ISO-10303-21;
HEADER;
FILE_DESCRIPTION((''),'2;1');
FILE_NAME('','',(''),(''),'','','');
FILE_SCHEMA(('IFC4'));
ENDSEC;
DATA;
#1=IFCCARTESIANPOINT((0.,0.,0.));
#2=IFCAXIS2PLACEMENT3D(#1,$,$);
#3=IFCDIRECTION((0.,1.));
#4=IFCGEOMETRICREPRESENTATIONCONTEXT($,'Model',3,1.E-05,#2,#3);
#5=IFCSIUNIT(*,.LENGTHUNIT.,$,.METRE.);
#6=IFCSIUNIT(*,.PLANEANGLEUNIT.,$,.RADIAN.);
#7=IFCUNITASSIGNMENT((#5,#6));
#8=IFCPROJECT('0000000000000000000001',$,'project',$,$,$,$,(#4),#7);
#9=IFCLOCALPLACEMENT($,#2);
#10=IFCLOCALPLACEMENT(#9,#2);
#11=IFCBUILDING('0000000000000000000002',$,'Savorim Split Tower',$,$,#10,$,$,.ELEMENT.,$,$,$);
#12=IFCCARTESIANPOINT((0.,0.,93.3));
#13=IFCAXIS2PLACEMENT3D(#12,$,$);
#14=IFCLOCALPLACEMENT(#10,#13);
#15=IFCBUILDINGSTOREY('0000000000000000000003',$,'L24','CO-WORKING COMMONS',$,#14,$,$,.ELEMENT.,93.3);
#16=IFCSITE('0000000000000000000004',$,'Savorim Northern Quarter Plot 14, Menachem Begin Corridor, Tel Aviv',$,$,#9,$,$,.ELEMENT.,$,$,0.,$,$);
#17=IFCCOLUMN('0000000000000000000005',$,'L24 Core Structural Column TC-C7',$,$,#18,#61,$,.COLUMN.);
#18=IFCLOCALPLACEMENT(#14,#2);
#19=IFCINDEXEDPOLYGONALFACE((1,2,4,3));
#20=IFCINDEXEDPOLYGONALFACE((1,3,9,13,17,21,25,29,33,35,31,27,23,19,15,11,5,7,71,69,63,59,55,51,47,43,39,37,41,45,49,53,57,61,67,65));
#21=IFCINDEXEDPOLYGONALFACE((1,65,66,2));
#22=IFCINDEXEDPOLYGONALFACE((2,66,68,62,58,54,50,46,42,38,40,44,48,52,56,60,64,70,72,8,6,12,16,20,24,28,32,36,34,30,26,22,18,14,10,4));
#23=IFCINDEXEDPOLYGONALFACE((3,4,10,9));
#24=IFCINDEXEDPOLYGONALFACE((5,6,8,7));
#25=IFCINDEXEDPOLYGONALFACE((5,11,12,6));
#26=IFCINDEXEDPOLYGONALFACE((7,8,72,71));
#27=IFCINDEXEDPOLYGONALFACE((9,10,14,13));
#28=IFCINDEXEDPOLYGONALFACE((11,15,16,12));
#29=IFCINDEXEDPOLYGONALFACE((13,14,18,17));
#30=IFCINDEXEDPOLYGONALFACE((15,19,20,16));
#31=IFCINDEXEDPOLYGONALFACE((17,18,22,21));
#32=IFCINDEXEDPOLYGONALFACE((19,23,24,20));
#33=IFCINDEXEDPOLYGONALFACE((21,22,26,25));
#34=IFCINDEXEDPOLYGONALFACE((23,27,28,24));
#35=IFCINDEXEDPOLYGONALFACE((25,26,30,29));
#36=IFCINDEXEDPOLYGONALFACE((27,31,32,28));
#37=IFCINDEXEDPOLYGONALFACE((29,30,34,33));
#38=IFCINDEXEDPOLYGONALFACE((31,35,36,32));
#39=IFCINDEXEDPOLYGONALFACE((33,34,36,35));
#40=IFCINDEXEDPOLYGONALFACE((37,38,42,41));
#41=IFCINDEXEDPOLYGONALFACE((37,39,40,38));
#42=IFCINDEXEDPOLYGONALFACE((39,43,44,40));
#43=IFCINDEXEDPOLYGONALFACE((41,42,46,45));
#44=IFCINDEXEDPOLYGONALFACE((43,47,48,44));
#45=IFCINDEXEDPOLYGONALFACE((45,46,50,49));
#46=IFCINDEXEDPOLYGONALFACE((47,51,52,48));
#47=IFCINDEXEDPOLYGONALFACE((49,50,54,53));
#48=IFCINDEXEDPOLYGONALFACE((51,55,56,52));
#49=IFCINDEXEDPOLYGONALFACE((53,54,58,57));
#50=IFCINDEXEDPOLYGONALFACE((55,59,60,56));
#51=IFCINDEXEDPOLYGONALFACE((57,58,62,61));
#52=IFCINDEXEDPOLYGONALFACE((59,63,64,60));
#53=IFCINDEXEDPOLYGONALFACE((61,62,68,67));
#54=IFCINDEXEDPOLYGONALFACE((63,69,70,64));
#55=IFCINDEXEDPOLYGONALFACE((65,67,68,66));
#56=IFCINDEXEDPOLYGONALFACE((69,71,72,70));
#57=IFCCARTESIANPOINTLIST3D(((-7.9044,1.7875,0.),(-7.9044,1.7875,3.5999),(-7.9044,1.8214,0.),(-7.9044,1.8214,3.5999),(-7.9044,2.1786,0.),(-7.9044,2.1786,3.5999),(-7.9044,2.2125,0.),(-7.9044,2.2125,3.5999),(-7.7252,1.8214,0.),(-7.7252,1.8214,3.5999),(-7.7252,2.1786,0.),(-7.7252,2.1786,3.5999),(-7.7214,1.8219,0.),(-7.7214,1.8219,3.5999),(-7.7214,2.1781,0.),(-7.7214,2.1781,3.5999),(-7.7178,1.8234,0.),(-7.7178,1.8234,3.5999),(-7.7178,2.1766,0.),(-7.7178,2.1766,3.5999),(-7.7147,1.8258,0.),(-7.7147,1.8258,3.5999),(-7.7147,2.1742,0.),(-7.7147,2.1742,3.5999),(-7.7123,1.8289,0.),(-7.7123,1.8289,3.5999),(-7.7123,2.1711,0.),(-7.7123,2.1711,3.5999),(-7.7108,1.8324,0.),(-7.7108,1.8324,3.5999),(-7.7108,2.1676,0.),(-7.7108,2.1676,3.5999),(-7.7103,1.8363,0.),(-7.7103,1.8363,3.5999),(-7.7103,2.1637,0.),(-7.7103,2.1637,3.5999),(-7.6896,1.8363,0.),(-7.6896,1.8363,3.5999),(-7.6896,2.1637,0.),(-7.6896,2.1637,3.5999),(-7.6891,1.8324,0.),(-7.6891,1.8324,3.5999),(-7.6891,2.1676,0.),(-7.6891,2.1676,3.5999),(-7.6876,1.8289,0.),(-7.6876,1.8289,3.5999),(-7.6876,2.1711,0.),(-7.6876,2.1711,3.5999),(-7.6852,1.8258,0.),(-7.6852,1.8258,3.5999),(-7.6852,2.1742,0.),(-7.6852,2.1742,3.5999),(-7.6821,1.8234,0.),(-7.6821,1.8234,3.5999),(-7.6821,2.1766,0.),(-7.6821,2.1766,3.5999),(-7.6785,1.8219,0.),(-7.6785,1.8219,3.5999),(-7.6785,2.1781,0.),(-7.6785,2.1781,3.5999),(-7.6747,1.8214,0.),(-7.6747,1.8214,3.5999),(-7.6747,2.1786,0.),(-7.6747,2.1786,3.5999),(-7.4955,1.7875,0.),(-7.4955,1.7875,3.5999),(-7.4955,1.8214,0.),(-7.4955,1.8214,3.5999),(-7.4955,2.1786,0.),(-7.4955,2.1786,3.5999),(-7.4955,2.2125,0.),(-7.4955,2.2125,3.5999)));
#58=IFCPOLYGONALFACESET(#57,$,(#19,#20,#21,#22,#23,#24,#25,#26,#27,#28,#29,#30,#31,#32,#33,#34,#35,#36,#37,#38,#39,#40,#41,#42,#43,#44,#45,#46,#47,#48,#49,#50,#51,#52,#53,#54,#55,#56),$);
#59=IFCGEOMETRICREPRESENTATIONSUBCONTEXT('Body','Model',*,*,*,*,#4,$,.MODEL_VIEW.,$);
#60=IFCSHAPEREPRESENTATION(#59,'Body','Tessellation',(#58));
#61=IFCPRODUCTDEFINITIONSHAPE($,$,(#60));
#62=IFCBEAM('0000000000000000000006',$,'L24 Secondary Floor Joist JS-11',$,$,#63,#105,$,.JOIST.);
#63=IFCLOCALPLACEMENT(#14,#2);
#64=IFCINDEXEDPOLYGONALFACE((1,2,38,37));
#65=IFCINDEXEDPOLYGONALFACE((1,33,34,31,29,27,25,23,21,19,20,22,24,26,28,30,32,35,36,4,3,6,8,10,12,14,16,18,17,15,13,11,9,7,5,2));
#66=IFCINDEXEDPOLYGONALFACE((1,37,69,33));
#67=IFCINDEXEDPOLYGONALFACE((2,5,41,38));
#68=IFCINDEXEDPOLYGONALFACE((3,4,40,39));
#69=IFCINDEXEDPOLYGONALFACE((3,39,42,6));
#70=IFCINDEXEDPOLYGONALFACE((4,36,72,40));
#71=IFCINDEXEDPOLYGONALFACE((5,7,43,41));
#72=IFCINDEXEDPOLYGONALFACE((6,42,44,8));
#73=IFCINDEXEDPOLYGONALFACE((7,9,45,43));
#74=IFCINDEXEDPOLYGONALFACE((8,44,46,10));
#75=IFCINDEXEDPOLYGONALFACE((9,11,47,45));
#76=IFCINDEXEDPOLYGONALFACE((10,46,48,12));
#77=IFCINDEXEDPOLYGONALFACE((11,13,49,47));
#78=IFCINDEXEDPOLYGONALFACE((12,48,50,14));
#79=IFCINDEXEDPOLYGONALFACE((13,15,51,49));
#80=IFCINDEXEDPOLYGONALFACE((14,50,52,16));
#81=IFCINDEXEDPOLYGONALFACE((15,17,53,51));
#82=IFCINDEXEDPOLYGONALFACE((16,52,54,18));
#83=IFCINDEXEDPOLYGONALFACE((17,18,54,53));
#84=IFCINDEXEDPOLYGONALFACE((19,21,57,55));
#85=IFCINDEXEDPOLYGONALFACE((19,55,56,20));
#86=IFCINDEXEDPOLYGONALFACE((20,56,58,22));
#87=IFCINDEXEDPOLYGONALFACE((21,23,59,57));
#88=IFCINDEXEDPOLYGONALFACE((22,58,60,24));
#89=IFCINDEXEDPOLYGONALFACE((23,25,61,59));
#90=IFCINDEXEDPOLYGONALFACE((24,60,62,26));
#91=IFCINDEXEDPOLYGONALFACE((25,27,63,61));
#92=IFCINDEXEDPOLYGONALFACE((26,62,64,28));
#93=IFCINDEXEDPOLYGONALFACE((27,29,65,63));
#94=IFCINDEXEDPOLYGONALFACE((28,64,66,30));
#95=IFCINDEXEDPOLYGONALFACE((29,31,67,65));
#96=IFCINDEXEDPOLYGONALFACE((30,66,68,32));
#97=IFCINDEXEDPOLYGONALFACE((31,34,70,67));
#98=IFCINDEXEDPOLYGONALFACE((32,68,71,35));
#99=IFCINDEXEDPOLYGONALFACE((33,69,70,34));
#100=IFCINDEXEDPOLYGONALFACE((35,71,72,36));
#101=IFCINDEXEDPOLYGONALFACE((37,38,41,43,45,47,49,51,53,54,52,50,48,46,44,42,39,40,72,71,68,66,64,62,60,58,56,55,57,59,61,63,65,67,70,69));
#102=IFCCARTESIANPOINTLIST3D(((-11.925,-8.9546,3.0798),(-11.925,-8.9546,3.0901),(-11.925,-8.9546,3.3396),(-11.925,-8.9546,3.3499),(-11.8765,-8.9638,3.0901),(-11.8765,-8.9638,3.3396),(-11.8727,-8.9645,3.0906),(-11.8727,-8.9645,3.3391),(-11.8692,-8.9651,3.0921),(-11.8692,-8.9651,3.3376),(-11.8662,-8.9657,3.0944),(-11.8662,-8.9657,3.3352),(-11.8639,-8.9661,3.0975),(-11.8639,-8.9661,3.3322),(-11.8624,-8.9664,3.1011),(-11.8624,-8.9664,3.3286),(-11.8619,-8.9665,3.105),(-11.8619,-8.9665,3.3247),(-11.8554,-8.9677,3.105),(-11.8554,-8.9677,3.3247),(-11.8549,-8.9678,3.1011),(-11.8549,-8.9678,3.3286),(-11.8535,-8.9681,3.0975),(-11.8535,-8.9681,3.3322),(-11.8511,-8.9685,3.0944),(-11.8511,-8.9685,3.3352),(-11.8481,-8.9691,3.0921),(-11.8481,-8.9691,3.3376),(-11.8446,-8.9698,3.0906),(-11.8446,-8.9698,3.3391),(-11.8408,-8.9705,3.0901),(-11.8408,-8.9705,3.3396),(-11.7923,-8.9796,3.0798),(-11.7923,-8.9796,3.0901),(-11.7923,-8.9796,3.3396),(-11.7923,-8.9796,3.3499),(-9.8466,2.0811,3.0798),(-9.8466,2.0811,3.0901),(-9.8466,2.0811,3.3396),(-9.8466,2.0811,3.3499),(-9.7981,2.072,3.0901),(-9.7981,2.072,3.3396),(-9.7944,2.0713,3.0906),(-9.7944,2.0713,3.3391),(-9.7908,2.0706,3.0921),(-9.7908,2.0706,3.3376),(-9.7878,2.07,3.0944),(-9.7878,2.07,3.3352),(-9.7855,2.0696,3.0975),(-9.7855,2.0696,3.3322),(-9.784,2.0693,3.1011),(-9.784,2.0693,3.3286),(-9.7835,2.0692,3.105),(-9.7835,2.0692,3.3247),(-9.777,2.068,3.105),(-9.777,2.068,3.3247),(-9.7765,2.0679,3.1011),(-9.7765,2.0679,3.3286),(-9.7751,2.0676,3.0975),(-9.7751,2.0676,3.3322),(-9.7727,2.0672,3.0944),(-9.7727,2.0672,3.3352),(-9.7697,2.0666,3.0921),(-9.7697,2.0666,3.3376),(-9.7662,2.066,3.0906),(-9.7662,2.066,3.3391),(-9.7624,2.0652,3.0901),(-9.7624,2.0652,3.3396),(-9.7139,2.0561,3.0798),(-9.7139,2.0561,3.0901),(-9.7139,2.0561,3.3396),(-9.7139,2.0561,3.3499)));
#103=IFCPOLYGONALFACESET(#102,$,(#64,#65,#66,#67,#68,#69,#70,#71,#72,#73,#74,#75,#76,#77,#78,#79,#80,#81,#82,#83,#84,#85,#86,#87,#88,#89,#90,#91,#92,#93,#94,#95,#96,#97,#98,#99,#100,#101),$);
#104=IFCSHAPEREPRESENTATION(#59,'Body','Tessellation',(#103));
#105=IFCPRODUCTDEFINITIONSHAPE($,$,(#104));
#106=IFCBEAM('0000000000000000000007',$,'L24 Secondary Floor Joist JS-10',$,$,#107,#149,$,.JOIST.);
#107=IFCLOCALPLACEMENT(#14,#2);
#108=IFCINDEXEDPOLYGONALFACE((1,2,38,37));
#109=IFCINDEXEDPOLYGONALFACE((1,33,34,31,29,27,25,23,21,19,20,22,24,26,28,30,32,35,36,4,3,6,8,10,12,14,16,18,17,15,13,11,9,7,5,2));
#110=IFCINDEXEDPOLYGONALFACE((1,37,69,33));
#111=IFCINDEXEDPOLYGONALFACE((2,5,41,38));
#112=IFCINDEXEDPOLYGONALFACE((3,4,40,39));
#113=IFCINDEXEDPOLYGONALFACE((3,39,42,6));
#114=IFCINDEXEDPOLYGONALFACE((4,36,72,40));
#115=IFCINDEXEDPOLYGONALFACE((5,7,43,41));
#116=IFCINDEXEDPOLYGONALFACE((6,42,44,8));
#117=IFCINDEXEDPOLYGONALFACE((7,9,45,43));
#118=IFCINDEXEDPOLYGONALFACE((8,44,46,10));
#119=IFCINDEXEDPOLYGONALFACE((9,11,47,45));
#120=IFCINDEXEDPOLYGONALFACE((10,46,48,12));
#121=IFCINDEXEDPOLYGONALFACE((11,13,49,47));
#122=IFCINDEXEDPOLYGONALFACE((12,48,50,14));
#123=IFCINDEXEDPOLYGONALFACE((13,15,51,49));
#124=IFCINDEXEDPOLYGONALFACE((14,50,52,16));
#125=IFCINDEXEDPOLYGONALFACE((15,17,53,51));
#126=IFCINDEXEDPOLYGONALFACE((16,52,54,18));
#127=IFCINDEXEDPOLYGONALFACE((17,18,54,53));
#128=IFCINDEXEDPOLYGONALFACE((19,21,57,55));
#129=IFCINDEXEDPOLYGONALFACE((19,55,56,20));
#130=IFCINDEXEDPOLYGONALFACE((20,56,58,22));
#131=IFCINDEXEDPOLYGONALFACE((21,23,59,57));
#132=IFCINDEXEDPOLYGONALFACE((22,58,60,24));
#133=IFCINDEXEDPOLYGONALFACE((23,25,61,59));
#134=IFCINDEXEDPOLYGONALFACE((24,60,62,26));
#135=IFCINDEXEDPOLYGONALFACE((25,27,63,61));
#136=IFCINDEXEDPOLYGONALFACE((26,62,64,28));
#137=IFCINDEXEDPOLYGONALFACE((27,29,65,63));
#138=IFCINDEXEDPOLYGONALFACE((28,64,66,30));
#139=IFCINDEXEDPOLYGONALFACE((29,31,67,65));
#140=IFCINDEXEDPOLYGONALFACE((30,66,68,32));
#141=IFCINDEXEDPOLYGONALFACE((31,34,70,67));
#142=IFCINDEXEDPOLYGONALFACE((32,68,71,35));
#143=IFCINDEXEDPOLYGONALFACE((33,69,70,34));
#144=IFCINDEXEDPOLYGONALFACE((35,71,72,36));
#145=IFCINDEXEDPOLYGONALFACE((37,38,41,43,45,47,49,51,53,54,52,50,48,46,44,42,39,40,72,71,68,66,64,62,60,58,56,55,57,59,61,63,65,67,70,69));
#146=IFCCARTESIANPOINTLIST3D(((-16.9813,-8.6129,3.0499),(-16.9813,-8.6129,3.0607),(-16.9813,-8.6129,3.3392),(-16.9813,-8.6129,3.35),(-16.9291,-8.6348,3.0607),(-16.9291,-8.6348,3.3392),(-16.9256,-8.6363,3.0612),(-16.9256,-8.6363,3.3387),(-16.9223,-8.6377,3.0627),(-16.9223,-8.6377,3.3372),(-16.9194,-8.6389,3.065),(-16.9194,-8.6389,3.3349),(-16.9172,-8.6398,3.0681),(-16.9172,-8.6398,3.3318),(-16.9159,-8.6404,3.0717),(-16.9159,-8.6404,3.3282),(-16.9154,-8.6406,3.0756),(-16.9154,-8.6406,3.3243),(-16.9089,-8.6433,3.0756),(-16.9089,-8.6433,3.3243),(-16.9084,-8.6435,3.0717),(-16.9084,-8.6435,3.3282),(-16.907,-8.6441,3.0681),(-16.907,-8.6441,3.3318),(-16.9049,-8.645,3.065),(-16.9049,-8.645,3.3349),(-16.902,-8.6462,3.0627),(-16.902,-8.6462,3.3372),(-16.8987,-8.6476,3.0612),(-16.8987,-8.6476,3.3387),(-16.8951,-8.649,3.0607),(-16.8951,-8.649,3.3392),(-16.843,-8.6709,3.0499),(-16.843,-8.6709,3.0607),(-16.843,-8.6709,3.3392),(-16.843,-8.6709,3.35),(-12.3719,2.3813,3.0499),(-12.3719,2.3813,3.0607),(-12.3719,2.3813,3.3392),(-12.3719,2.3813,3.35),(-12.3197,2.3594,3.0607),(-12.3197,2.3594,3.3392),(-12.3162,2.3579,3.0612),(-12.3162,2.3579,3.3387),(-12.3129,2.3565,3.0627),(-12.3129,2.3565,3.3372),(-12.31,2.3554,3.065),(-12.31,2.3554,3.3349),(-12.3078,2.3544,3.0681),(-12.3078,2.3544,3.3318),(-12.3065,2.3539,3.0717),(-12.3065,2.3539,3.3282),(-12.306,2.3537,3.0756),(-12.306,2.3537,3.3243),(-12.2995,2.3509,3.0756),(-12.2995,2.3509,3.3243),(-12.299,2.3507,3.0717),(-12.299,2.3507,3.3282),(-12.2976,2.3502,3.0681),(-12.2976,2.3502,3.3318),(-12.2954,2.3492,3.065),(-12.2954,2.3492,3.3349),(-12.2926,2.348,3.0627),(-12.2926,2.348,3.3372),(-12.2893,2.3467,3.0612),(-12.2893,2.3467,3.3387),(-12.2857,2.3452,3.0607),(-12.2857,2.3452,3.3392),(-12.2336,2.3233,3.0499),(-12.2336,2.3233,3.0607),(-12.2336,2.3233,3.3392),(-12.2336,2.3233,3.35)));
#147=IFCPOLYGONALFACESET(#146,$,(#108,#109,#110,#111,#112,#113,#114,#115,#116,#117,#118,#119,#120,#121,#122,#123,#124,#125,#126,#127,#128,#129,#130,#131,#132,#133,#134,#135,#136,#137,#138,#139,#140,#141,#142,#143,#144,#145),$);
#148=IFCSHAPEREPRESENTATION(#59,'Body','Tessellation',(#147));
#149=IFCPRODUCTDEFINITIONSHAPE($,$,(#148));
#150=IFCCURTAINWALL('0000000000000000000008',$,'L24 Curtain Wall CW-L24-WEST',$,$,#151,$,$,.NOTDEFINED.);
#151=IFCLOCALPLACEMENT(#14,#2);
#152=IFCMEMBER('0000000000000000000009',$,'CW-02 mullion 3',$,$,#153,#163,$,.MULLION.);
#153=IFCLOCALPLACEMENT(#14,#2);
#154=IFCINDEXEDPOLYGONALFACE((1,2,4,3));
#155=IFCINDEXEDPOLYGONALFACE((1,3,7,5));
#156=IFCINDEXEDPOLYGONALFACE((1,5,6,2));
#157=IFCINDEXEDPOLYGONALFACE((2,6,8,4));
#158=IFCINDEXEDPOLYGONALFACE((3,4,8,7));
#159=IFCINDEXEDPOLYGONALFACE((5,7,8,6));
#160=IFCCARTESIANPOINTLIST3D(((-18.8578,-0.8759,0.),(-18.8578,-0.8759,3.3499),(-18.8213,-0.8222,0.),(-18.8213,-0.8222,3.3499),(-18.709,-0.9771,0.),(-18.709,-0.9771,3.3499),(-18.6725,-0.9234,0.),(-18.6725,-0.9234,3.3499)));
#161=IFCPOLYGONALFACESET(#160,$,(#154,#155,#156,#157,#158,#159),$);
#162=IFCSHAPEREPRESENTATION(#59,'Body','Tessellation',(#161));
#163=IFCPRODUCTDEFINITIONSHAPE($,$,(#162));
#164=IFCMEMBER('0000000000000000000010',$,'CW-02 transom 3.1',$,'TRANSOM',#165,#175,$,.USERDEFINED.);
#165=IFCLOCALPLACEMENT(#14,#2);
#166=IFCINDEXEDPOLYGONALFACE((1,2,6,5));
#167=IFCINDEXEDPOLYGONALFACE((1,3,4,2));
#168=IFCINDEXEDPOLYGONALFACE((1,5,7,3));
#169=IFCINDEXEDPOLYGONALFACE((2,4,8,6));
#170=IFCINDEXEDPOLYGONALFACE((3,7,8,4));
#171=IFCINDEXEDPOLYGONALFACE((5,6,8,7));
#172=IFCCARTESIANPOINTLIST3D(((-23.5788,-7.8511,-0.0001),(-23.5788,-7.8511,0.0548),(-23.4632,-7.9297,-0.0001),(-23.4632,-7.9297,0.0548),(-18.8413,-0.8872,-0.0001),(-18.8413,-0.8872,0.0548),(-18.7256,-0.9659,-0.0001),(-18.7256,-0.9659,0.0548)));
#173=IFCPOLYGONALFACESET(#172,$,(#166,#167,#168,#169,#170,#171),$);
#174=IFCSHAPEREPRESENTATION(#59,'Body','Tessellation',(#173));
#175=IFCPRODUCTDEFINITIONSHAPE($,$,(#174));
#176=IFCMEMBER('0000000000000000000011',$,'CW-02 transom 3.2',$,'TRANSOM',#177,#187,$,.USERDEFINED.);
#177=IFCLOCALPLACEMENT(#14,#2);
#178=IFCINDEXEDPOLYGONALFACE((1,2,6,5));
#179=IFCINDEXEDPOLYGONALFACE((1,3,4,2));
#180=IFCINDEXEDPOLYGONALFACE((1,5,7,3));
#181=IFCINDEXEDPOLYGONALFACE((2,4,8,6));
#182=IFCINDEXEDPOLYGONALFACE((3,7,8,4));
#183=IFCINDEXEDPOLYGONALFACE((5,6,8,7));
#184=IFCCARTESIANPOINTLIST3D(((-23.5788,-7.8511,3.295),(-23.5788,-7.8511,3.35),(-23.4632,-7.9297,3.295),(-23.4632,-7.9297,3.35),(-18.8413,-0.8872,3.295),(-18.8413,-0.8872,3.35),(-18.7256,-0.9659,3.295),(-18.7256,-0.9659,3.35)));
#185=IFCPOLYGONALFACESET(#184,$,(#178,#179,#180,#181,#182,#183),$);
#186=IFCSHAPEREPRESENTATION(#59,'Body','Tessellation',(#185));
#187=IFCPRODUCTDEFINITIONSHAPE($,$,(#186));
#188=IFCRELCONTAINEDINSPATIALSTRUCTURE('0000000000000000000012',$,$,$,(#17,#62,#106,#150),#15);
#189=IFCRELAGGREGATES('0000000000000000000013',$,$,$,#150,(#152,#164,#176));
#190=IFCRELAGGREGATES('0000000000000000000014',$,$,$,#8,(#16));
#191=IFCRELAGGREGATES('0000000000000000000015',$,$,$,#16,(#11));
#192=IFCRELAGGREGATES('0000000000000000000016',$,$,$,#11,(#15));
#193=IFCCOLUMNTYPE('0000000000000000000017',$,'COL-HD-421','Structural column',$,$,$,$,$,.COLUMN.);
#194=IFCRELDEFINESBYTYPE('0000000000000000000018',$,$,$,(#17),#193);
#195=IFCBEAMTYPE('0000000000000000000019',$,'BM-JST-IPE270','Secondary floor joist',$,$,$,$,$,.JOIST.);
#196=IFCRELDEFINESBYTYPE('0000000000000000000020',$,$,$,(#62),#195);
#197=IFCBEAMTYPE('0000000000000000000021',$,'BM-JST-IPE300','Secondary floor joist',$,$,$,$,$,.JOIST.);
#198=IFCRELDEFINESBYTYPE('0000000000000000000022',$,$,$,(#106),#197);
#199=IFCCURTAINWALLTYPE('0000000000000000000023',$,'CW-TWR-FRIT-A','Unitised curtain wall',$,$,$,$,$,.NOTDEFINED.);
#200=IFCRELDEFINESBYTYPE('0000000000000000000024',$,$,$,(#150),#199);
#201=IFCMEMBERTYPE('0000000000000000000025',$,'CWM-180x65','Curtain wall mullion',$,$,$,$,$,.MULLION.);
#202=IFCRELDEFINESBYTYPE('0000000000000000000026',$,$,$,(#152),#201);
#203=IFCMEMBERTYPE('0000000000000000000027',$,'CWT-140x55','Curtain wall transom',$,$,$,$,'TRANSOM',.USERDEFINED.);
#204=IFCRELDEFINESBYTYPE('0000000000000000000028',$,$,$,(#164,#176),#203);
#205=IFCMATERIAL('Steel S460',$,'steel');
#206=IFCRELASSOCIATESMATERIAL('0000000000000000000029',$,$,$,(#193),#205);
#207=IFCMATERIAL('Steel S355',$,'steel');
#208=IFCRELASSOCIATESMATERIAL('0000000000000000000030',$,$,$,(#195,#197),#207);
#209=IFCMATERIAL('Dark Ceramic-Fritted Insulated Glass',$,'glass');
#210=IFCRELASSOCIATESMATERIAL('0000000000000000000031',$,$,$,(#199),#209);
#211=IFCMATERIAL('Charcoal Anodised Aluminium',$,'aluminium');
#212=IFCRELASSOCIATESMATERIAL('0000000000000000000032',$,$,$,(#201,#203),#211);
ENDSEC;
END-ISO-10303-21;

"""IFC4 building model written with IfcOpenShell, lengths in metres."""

from ifc_helpers import new_model, si_unit, direction, frame, origin, origin_2d, place, context, subcontext, project, spatial, rectangle, i_section, extrude, material, material_profile, profile_set, type_object, element, aggregate, save


model = new_model("IFC4")

# Units and contexts
model_context = context("Model", 3, precision=1e-05, world=origin(), true_north=direction((0.0, 1.0)))
body_context = subcontext(model_context, "Body", "Model", "MODEL_VIEW")
ifc_project = project(units=[si_unit("LENGTHUNIT", "METRE"), si_unit("PLANEANGLEUNIT", "RADIAN")], contexts=[model_context])

# Site, building, storey
site_placement = place(None, origin())
site = spatial("IfcSite", under=ifc_project, at=site_placement, Name="Savorim Northern Quarter Plot 14, Menachem Begin Corridor, Tel Aviv", CompositionType="ELEMENT", RefElevation=0.0)
building_placement = place(site_placement, origin())
building = spatial("IfcBuilding", under=site, at=building_placement, Name="Savorim Split Tower", CompositionType="ELEMENT")
storey_placement = place(building_placement, frame((0.0, 0.0, 93.3)))
storey = spatial("IfcBuildingStorey", under=building, at=storey_placement, Name="L24", Description="CO-WORKING COMMONS", CompositionType="ELEMENT", Elevation=93.3)

# Column
ifc_material_1 = material(Name="Steel S460", Category="steel")
ifc_material_profile_1 = material_profile(ifc_material_1, i_section(OverallWidth=0.4089, OverallDepth=0.425, WebThickness=0.0208, FlangeThickness=0.0339, FilletRadius=0.0149, at=origin_2d()), Name="HD 400x421")
ifc_profile_set_1 = profile_set([ifc_material_profile_1], Name="Steel S460")
column_type = type_object("IfcColumnType", Name="COL-HD-421", Description="Structural column", PredefinedType="COLUMN", material=ifc_profile_set_1)
column_placement = place(storey_placement, frame((-7.7, 2.0, 0.0), z_axis=(0.0, 0.0, 1.0), x_axis=(1.0, 0.0, 0.0)))
element("IfcColumn", 1, at=column_placement, inside=storey, type_object=column_type, Name="L24 Core Structural Column TC-C7", PredefinedType="COLUMN", context=body_context, shape_type="SweptSolid", body=[
    extrude(i_section(OverallWidth=0.4089, OverallDepth=0.425, WebThickness=0.0208, FlangeThickness=0.0339, FilletRadius=0.0149, at=origin_2d()), origin(), (0.0, 0.0, 1.0), 3.5999),
])

# Beams
ifc_material_2 = material(Name="Steel S355", Category="steel")
ifc_material_profile_2 = material_profile(ifc_material_2, i_section(OverallWidth=0.135, OverallDepth=0.27, WebThickness=0.0066, FlangeThickness=0.0103, FilletRadius=0.0149, at=origin_2d()), Name="IPE 270")
ifc_profile_set_2 = profile_set([ifc_material_profile_2], Name="Steel S355")
beam_type_1 = type_object("IfcBeamType", Name="BM-JST-IPE270", Description="Secondary floor joist", PredefinedType="JOIST", material=ifc_profile_set_2)
beam_1_placement = place(storey_placement, frame((-9.7803, 2.0686, 3.2148), z_axis=(-0.185079, -0.982724, 0.0), x_axis=(0.982724, -0.185079, 0.0)))
element("IfcBeam", 2, at=beam_1_placement, inside=storey, type_object=beam_type_1, Name="L24 Secondary Floor Joist JS-11", PredefinedType="JOIST", context=body_context, shape_type="SweptSolid", body=[
    extrude(i_section(OverallWidth=0.135, OverallDepth=0.27, WebThickness=0.0066, FlangeThickness=0.0103, FilletRadius=0.0149, at=origin_2d()), origin(), (0.0, 0.0, 1.0), 11.2297),
])
ifc_material_profile_3 = material_profile(ifc_material_2, i_section(OverallWidth=0.1499, OverallDepth=0.3, WebThickness=0.0071, FlangeThickness=0.0107, FilletRadius=0.0149, at=origin_2d()), Name="IPE 300")
ifc_profile_set_3 = profile_set([ifc_material_profile_3], Name="Steel S355")
beam_type_2 = type_object("IfcBeamType", Name="BM-JST-IPE300", Description="Secondary floor joist", PredefinedType="JOIST", material=ifc_profile_set_3)
beam_2_placement = place(storey_placement, frame((-12.3027, 2.3523, 3.2), z_axis=(-0.38665, -0.922226, 0.0), x_axis=(0.922226, -0.38665, 0.0)))
element("IfcBeam", 3, at=beam_2_placement, inside=storey, type_object=beam_type_2, Name="L24 Secondary Floor Joist JS-10", PredefinedType="JOIST", context=body_context, shape_type="SweptSolid", body=[
    extrude(i_section(OverallWidth=0.1499, OverallDepth=0.3, WebThickness=0.0071, FlangeThickness=0.0107, FilletRadius=0.0149, at=origin_2d()), origin(), (0.0, 0.0, 1.0), 11.9214),
])

# Curtain wall, members
ifc_material_3 = material(Name="Dark Ceramic-Fritted Insulated Glass", Category="glass")
curtain_wall_type = type_object("IfcCurtainWallType", Name="CW-TWR-FRIT-A", Description="Unitised curtain wall", PredefinedType="NOTDEFINED", material=ifc_material_3)
curtain_wall_placement = place(storey_placement, origin())
curtain_wall = element("IfcCurtainWall", 4, at=curtain_wall_placement, inside=storey, type_object=curtain_wall_type, Name="L24 Curtain Wall CW-L24-WEST", PredefinedType="NOTDEFINED")
ifc_material_4 = material(Name="Charcoal Anodised Aluminium", Category="aluminium")
ifc_material_profile_4 = material_profile(ifc_material_4, rectangle(XDim=0.1799, YDim=0.0649, at=origin_2d()), Name="ALU-M 180x65")
ifc_profile_set_4 = profile_set([ifc_material_profile_4], Name="Charcoal Anodised Aluminium")
member_type_1 = type_object("IfcMemberType", Name="CWM-180x65", Description="Curtain wall mullion", PredefinedType="MULLION", material=ifc_profile_set_4)
member_1_placement = place(storey_placement, frame((-18.7651, -0.8997, 0.0), z_axis=(0.0, 0.0, 1.0), x_axis=(0.826819, -0.562468, 0.0)))
member_1 = element("IfcMember", 5, at=member_1_placement, type_object=member_type_1, Name="CW-02 mullion 3", PredefinedType="MULLION", context=body_context, shape_type="SweptSolid", body=[
    extrude(rectangle(XDim=0.1799, YDim=0.0649, at=origin_2d()), origin(), (0.0, 0.0, 1.0), 3.3499),
])
ifc_material_profile_5 = material_profile(ifc_material_4, rectangle(XDim=0.1399, YDim=0.0549, at=origin_2d()), Name="ALU-T 140x55")
ifc_profile_set_5 = profile_set([ifc_material_profile_5], Name="Charcoal Anodised Aluminium")
member_type_2 = type_object("IfcMemberType", Name="CWT-140x55", Description="Curtain wall transom", ElementType="TRANSOM", PredefinedType="USERDEFINED", material=ifc_profile_set_5)
member_2_placement = place(storey_placement, frame((-18.7834, -0.9265, 0.0273), z_axis=(-0.562482, -0.826809, 0.0), x_axis=(0.826809, -0.562482, 0.0)))
member_2 = element("IfcMember", 6, at=member_2_placement, type_object=member_type_2, Name="CW-02 transom 3.1", ObjectType="TRANSOM", PredefinedType="USERDEFINED", context=body_context, shape_type="SweptSolid", body=[
    extrude(rectangle(XDim=0.1399, YDim=0.0549, at=origin_2d()), origin(), (0.0, 0.0, 1.0), 8.4226),
])
member_3_placement = place(storey_placement, frame((-18.7834, -0.9265, 3.3225), z_axis=(-0.562482, -0.826809, 0.0), x_axis=(0.826809, -0.562482, 0.0)))
member_3 = element("IfcMember", 7, at=member_3_placement, type_object=member_type_2, Name="CW-02 transom 3.2", ObjectType="TRANSOM", PredefinedType="USERDEFINED", context=body_context, shape_type="SweptSolid", body=[
    extrude(rectangle(XDim=0.1399, YDim=0.0549, at=origin_2d()), origin(), (0.0, 0.0, 1.0), 8.4226),
])
aggregate(curtain_wall, [member_1, member_2, member_3])

save(model, "model.ifc")
